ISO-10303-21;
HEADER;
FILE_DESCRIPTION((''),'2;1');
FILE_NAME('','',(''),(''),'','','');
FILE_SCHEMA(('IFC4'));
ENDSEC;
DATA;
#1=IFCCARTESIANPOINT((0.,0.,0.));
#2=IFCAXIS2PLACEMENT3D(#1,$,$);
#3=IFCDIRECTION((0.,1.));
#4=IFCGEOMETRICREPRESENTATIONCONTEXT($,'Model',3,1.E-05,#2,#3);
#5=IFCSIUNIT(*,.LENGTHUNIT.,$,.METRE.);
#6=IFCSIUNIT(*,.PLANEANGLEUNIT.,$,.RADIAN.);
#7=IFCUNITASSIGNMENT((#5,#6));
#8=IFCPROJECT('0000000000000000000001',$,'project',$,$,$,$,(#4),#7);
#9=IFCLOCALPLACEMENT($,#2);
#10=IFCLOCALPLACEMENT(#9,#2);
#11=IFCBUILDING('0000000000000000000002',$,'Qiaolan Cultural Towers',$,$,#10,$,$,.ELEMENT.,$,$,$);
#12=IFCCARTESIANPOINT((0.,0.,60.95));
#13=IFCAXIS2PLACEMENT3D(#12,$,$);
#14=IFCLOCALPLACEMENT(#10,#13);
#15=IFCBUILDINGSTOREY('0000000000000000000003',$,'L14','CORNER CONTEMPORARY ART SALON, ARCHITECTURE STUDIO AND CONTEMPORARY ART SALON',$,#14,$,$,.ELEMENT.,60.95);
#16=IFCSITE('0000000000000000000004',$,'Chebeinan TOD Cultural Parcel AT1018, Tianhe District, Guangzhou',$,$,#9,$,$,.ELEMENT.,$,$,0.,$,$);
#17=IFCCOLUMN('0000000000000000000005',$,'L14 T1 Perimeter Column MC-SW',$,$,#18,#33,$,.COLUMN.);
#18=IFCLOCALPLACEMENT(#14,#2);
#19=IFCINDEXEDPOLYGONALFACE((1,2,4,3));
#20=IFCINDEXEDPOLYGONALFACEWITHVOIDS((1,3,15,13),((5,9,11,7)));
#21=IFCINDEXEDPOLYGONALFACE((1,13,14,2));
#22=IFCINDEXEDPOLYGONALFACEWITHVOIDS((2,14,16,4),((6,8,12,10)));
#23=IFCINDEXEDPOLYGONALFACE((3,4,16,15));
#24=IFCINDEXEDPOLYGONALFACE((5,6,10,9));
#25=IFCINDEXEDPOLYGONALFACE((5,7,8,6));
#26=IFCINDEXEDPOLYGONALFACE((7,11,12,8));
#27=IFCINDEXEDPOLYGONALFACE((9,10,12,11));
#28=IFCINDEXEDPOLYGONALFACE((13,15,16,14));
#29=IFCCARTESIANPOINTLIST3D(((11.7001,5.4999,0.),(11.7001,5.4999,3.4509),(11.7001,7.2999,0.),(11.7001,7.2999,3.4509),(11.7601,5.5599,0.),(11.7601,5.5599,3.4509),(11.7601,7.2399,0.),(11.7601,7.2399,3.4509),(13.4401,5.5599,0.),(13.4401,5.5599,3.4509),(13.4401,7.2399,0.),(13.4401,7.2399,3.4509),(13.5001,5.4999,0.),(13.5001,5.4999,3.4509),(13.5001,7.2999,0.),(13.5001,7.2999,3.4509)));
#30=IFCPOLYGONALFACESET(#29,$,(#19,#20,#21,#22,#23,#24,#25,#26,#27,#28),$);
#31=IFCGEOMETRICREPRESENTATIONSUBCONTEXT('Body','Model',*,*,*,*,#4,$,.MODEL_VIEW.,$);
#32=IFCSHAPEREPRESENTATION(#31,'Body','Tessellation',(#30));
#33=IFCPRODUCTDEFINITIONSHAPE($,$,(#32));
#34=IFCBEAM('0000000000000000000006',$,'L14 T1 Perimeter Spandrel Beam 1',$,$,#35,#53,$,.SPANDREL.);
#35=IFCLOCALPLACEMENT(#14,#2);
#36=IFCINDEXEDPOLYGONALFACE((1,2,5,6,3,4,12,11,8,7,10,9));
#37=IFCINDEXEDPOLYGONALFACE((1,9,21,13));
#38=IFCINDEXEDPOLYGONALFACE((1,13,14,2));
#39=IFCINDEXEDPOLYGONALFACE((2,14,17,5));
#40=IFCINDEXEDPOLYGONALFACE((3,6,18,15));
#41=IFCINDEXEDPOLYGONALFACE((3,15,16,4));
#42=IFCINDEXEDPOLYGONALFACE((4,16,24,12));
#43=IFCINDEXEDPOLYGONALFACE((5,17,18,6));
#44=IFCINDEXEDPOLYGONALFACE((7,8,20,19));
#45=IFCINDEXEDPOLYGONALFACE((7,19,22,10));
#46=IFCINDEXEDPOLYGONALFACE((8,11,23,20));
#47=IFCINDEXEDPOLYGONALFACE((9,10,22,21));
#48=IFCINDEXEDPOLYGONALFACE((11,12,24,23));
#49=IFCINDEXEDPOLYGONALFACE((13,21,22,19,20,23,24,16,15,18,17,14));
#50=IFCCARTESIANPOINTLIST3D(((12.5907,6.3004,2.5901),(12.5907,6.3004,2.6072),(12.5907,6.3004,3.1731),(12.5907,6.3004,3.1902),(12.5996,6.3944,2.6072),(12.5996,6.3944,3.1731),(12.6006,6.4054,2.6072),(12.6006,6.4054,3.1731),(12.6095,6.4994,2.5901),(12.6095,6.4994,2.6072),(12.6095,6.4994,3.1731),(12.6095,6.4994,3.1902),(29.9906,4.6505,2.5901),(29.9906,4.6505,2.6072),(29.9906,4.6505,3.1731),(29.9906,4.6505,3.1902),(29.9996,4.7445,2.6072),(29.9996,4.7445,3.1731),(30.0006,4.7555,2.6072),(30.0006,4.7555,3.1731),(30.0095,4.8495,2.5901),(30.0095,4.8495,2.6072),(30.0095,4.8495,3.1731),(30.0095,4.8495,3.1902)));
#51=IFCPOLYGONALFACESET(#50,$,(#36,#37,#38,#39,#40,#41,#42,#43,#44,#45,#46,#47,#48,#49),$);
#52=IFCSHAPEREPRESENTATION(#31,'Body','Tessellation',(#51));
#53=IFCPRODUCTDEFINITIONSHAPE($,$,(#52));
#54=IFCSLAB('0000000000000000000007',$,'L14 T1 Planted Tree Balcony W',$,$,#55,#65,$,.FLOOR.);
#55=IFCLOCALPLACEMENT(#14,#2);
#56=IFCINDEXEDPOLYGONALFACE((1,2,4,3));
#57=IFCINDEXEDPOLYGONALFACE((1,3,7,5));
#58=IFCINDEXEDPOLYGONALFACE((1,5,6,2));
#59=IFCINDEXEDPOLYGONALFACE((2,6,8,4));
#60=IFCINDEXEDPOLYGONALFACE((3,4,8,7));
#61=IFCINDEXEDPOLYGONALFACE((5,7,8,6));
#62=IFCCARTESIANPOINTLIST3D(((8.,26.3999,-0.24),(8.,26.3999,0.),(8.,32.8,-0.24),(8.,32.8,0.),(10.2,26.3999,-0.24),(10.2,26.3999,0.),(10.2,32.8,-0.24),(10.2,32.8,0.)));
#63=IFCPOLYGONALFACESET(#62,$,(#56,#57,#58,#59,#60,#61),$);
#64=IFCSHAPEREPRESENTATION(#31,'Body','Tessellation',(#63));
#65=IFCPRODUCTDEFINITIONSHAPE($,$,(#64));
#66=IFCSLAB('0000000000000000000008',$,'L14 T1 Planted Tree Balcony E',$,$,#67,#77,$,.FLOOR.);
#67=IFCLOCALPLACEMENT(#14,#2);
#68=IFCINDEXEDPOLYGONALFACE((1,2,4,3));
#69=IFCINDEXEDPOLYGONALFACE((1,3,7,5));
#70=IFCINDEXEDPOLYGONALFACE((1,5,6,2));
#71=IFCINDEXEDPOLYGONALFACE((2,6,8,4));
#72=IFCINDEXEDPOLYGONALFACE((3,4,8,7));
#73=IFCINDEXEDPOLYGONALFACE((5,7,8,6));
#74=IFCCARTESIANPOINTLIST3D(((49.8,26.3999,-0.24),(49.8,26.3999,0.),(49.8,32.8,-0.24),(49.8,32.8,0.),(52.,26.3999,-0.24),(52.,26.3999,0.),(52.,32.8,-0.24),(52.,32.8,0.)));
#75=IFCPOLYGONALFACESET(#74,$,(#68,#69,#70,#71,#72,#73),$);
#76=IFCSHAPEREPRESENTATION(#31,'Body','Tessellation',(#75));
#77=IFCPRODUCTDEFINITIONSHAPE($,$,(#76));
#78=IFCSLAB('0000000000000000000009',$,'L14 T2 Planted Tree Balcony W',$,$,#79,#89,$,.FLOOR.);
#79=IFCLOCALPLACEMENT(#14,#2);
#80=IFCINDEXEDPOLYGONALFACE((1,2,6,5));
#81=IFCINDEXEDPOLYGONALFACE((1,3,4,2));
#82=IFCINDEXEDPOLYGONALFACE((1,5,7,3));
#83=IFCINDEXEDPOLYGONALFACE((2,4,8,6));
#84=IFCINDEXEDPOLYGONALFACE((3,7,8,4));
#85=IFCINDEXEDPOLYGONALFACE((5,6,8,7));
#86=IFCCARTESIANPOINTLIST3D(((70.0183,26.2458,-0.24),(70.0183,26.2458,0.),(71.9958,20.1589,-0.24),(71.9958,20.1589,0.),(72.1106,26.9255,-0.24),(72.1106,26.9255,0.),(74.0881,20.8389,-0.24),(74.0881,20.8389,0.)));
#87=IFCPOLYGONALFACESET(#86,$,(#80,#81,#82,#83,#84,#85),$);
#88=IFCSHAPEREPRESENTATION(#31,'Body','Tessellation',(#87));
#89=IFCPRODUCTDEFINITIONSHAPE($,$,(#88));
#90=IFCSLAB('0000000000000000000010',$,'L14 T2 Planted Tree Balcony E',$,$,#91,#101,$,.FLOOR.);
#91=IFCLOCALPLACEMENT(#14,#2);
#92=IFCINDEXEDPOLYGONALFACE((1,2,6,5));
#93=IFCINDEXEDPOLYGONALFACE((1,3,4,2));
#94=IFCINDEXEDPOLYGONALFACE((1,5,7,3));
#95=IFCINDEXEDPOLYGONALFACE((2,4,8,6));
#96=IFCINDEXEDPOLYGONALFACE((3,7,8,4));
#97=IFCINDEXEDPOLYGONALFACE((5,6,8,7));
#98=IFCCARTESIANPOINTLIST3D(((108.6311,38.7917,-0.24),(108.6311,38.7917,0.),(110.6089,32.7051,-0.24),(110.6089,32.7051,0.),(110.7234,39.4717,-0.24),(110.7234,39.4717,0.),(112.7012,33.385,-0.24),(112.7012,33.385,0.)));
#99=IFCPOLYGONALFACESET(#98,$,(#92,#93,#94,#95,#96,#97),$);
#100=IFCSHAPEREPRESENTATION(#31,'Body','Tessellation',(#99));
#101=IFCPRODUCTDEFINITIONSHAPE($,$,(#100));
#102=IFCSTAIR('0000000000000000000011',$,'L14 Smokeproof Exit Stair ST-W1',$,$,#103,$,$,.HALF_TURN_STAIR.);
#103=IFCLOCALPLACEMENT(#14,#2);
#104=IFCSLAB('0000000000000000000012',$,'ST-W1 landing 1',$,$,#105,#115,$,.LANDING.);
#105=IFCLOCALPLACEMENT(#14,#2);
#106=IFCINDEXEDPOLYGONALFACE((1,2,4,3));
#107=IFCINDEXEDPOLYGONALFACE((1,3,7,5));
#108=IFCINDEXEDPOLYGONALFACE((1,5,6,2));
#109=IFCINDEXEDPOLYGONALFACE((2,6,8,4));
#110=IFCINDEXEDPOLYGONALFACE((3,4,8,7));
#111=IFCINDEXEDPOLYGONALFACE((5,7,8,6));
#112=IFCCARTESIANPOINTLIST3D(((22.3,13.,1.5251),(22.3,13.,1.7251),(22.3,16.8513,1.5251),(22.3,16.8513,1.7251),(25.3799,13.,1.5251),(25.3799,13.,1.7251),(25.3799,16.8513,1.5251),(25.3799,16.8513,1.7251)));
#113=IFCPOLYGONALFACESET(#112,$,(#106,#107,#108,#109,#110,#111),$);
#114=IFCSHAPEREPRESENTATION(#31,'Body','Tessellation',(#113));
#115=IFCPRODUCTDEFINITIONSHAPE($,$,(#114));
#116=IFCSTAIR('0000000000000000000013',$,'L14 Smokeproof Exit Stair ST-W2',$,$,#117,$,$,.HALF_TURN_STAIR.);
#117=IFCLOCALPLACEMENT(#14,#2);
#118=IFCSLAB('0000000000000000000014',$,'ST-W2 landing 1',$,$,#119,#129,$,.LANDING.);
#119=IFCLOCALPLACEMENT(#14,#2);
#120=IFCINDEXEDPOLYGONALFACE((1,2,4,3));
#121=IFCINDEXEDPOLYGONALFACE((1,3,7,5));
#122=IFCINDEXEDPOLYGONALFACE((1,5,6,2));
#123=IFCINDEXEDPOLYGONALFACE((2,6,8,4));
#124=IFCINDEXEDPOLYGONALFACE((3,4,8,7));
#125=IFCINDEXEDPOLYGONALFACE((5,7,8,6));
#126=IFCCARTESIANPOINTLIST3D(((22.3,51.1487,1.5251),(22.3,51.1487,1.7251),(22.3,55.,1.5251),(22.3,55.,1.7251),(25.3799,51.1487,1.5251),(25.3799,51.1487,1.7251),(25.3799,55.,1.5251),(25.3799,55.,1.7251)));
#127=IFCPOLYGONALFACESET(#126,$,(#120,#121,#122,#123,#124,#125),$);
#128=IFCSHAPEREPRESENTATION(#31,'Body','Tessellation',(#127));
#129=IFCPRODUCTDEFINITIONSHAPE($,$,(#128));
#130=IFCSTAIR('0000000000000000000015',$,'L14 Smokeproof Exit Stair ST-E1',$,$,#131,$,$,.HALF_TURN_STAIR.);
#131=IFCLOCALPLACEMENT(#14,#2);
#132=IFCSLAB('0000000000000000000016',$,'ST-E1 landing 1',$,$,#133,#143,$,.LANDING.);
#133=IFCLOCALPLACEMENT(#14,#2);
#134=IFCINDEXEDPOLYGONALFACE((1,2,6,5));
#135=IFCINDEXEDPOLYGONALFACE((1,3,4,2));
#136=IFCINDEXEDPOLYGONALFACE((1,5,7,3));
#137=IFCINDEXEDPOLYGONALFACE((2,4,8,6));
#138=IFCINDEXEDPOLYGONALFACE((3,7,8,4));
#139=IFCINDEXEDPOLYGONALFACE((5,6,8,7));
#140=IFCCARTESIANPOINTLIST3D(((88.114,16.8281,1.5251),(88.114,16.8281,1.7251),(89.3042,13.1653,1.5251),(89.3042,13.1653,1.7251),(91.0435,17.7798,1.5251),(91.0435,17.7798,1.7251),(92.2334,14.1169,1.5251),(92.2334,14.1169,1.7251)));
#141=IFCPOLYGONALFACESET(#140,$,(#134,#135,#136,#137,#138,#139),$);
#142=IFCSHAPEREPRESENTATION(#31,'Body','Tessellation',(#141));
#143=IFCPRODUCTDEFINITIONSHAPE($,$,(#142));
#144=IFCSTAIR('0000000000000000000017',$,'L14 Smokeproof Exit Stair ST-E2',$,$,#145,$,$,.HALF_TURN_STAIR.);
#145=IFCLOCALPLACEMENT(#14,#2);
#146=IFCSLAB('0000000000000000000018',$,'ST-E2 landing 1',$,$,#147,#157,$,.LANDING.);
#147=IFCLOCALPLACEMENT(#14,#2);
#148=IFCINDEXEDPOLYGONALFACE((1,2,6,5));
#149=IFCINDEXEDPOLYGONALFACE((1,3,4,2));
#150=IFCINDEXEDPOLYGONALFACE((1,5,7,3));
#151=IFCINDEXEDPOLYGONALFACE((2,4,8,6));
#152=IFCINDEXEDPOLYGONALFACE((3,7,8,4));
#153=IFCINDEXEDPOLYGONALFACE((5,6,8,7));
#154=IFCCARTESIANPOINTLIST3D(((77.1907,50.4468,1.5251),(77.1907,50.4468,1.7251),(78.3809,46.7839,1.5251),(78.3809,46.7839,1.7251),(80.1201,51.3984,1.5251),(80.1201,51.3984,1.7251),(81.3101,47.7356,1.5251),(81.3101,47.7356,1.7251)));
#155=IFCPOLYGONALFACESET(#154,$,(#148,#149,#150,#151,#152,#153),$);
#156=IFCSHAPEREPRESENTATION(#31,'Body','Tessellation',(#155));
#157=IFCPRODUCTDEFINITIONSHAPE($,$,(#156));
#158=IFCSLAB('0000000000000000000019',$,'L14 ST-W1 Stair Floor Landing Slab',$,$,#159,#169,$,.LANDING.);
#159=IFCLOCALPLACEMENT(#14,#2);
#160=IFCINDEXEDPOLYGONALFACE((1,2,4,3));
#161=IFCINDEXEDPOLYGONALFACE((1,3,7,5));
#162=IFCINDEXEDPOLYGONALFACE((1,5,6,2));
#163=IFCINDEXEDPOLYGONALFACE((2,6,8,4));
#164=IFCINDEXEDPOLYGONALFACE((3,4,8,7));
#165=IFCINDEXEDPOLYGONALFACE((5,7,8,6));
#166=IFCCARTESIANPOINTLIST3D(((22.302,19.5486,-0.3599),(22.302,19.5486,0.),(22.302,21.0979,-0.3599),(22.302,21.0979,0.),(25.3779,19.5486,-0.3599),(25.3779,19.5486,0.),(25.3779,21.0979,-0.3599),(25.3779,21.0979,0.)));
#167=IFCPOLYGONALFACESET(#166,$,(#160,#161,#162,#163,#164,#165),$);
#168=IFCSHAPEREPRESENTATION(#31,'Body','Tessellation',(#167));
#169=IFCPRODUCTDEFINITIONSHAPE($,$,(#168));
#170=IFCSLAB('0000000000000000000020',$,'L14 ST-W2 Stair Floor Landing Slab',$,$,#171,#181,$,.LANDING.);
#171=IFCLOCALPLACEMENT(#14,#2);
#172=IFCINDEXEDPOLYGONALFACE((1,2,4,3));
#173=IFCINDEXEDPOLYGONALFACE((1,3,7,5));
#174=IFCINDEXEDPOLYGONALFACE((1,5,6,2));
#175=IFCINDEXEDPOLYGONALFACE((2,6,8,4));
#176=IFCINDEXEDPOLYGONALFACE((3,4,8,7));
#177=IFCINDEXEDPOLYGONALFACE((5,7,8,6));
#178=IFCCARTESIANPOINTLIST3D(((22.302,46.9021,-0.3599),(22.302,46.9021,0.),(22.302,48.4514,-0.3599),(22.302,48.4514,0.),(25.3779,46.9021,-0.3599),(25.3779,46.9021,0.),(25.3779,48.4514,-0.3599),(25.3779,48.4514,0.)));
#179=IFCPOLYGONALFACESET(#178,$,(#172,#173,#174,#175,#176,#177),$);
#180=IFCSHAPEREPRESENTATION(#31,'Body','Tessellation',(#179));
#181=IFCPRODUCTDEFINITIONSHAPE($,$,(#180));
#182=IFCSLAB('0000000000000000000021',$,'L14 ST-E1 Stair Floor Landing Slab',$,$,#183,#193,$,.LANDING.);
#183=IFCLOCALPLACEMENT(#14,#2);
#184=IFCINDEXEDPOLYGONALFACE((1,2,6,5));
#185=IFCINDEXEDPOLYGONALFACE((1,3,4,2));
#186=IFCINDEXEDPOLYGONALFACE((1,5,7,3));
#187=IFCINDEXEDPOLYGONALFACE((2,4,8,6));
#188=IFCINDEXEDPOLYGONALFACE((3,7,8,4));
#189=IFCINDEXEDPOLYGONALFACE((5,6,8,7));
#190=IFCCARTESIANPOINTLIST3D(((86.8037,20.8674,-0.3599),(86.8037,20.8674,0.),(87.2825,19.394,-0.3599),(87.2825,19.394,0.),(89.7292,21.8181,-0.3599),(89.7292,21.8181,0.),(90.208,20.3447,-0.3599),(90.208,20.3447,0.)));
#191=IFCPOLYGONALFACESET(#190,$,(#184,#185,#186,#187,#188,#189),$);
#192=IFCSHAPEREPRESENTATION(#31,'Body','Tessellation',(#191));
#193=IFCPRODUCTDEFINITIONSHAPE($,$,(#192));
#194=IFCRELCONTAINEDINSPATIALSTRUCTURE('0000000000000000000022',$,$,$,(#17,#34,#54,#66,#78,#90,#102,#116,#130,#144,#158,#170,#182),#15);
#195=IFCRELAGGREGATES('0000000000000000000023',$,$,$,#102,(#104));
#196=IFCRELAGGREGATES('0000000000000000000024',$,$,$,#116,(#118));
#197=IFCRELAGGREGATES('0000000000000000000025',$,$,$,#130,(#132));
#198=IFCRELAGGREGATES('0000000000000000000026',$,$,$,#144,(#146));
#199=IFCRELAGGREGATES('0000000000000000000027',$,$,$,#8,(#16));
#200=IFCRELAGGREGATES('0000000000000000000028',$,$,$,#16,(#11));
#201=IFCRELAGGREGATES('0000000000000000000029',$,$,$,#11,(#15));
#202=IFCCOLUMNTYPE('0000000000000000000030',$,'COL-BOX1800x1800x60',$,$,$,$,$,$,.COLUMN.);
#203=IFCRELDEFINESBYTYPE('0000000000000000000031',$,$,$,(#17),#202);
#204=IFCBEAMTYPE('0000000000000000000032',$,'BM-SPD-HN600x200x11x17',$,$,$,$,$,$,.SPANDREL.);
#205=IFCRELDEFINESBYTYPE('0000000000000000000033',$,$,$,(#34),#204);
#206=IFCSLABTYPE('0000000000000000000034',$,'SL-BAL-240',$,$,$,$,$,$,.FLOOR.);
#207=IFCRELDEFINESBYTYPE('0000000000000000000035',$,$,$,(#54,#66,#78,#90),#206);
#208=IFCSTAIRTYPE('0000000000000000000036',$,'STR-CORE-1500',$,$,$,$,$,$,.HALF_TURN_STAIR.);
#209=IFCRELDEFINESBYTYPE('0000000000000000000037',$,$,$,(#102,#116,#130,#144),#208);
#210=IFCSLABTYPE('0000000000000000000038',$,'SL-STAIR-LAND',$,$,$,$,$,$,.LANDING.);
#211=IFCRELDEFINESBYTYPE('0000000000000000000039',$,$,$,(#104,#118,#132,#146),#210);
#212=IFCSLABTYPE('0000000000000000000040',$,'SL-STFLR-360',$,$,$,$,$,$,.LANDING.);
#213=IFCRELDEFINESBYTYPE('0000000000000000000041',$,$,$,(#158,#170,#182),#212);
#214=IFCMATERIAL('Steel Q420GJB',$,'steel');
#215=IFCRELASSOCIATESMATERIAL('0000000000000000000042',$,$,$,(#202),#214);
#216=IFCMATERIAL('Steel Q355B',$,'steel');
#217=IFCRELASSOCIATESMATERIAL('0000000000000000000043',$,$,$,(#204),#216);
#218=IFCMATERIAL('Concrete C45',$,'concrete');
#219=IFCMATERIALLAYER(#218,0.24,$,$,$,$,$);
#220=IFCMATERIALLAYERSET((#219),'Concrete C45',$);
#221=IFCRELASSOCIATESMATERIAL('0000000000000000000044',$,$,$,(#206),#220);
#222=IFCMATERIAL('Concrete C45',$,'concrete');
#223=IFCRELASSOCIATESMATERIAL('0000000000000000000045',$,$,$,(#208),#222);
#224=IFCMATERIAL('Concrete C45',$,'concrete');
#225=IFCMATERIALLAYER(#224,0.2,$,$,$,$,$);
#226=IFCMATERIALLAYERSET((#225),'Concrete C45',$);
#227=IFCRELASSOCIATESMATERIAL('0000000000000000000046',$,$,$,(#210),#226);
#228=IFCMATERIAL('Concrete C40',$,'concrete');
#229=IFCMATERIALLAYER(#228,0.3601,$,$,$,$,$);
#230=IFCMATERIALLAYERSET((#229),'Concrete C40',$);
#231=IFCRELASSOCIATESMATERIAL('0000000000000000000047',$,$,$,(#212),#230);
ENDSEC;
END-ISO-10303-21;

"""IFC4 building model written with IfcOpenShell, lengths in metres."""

from ifc_helpers import new_model, si_unit, direction, frame, origin, origin_2d, place, context, subcontext, project, spatial, polyline, hollow_rectangle, i_section, outline, extrude, material, layer, layer_set, material_profile, profile_set, type_object, element, aggregate, save


model = new_model("IFC4")

# Units and contexts
model_context = context("Model", 3, precision=1e-05, world=origin(), true_north=direction((0.0, 1.0)))
body_context = subcontext(model_context, "Body", "Model", "MODEL_VIEW")
ifc_project = project(units=[si_unit("LENGTHUNIT", "METRE"), si_unit("PLANEANGLEUNIT", "RADIAN")], contexts=[model_context])

# Site, building, storey
site_placement = place(None, origin())
site = spatial("IfcSite", under=ifc_project, at=site_placement, Name="Chebeinan TOD Cultural Parcel AT1018, Tianhe District, Guangzhou", CompositionType="ELEMENT", RefElevation=0.0)
building_placement = place(site_placement, origin())
building = spatial("IfcBuilding", under=site, at=building_placement, Name="Qiaolan Cultural Towers", CompositionType="ELEMENT")
storey_placement = place(building_placement, frame((0.0, 0.0, 60.95)))
storey = spatial("IfcBuildingStorey", under=building, at=storey_placement, Name="L14", Description="CORNER CONTEMPORARY ART SALON, ARCHITECTURE STUDIO AND CONTEMPORARY ART SALON", CompositionType="ELEMENT", Elevation=60.95)

# Column
ifc_material_1 = material(Name="Steel Q420GJB", Category="steel")
ifc_material_profile_1 = material_profile(ifc_material_1, hollow_rectangle(XDim=1.8, YDim=1.8, WallThickness=0.0601, at=origin_2d()), Name="BOX1800x1800x60")
ifc_profile_set_1 = profile_set([ifc_material_profile_1], Name="Steel Q420GJB")
column_type = type_object("IfcColumnType", Name="COL-BOX1800x1800x60", PredefinedType="COLUMN", material=ifc_profile_set_1)
column_placement = place(storey_placement, frame((12.6001, 6.3999, 0.0), z_axis=(0.0, 0.0, 1.0), x_axis=(1.0, 0.0, 0.0)))
element("IfcColumn", 1, at=column_placement, inside=storey, type_object=column_type, Name="L14 T1 Perimeter Column MC-SW", PredefinedType="COLUMN", context=body_context, shape_type="SweptSolid", body=[
    extrude(hollow_rectangle(XDim=1.8, YDim=1.8, WallThickness=0.0601, at=origin_2d()), origin(), (0.0, 0.0, 1.0), 3.4509),
])

# Beam
ifc_material_2 = material(Name="Steel Q355B", Category="steel")
ifc_material_profile_2 = material_profile(ifc_material_2, i_section(OverallWidth=0.2, OverallDepth=0.6001, WebThickness=0.011, FlangeThickness=0.0171, at=origin_2d()), Name="HN600x200x11x17")
ifc_profile_set_2 = profile_set([ifc_material_profile_2], Name="Steel Q355B")
beam_type = type_object("IfcBeamType", Name="BM-SPD-HN600x200x11x17", PredefinedType="SPANDREL", material=ifc_profile_set_2)
beam_placement = place(storey_placement, frame((12.6001, 6.3999, 2.8901), z_axis=(0.995534, -0.094399, 0.0), x_axis=(0.094399, 0.995534, 0.0)))
element("IfcBeam", 2, at=beam_placement, inside=storey, type_object=beam_type, Name="L14 T1 Perimeter Spandrel Beam 1", PredefinedType="SPANDREL", context=body_context, shape_type="SweptSolid", body=[
    extrude(i_section(OverallWidth=0.2, OverallDepth=0.6001, WebThickness=0.011, FlangeThickness=0.0171, at=origin_2d()), origin(), (0.0, 0.0, 1.0), 17.478),
])

# Slabs
ifc_material_3 = material(Name="Concrete C45", Category="concrete")
ifc_layer_1 = layer(ifc_material_3, 0.24)
ifc_layer_set_1 = layer_set([ifc_layer_1], Name="Concrete C45")
slab_type_1 = type_object("IfcSlabType", Name="SL-BAL-240", PredefinedType="FLOOR", material=ifc_layer_set_1)
slab_1_placement = place(storey_placement, frame((0.0, 0.0, -0.24)))
element("IfcSlab", 3, at=slab_1_placement, inside=storey, type_object=slab_type_1, Name="L14 T1 Planted Tree Balcony W", PredefinedType="FLOOR", context=body_context, shape_type="SweptSolid", body=[
    extrude(outline(polyline([(8.0, 26.3999), (10.2, 26.3999), (10.2, 32.8), (8.0, 32.8), (8.0, 26.3999)])), origin(), (0.0, 0.0, 1.0), 0.24),
])
slab_2_placement = place(storey_placement, frame((0.0, 0.0, -0.24)))
element("IfcSlab", 4, at=slab_2_placement, inside=storey, type_object=slab_type_1, Name="L14 T1 Planted Tree Balcony E", PredefinedType="FLOOR", context=body_context, shape_type="SweptSolid", body=[
    extrude(outline(polyline([(49.8, 26.3999), (52.0, 26.3999), (52.0, 32.8), (49.8, 32.8), (49.8, 26.3999)])), origin(), (0.0, 0.0, 1.0), 0.24),
])
slab_3_placement = place(storey_placement, frame((0.0, 0.0, -0.24)))
element("IfcSlab", 5, at=slab_3_placement, inside=storey, type_object=slab_type_1, Name="L14 T2 Planted Tree Balcony W", PredefinedType="FLOOR", context=body_context, shape_type="SweptSolid", body=[
    extrude(outline(polyline([(71.9958, 20.1589), (74.0881, 20.8389), (72.1106, 26.9255), (70.0183, 26.2458), (71.9958, 20.1589)])), origin(), (0.0, 0.0, 1.0), 0.24),
])
slab_4_placement = place(storey_placement, frame((0.0, 0.0, -0.24)))
element("IfcSlab", 6, at=slab_4_placement, inside=storey, type_object=slab_type_1, Name="L14 T2 Planted Tree Balcony E", PredefinedType="FLOOR", context=body_context, shape_type="SweptSolid", body=[
    extrude(outline(polyline([(110.6089, 32.7051), (112.7012, 33.385), (110.7234, 39.4717), (108.6311, 38.7917), (110.6089, 32.7051)])), origin(), (0.0, 0.0, 1.0), 0.24),
])

# Stairs, slabs
ifc_material_4 = material(Name="Concrete C45", Category="concrete")
stair_type = type_object("IfcStairType", Name="STR-CORE-1500", PredefinedType="HALF_TURN_STAIR", material=ifc_material_4)
stair_1_placement = place(storey_placement, origin())
stair_1 = element("IfcStair", 7, at=stair_1_placement, inside=storey, type_object=stair_type, Name="L14 Smokeproof Exit Stair ST-W1", PredefinedType="HALF_TURN_STAIR")
ifc_material_5 = material(Name="Concrete C45", Category="concrete")
ifc_layer_2 = layer(ifc_material_5, 0.2)
ifc_layer_set_2 = layer_set([ifc_layer_2], Name="Concrete C45")
slab_type_2 = type_object("IfcSlabType", Name="SL-STAIR-LAND", PredefinedType="LANDING", material=ifc_layer_set_2)
slab_5_placement = place(storey_placement, frame((0.0, 0.0, 1.5251)))
slab_5 = element("IfcSlab", 8, at=slab_5_placement, type_object=slab_type_2, Name="ST-W1 landing 1", PredefinedType="LANDING", context=body_context, shape_type="SweptSolid", body=[
    extrude(outline(polyline([(22.3, 16.8513), (22.3, 13.0), (25.3799, 13.0), (25.3799, 16.8513), (22.3, 16.8513)])), origin(), (0.0, 0.0, 1.0), 0.2),
])
aggregate(stair_1, [slab_5])
stair_2_placement = place(storey_placement, origin())
stair_2 = element("IfcStair", 9, at=stair_2_placement, inside=storey, type_object=stair_type, Name="L14 Smokeproof Exit Stair ST-W2", PredefinedType="HALF_TURN_STAIR")
slab_6_placement = place(storey_placement, frame((0.0, 0.0, 1.5251)))
slab_6 = element("IfcSlab", 10, at=slab_6_placement, type_object=slab_type_2, Name="ST-W2 landing 1", PredefinedType="LANDING", context=body_context, shape_type="SweptSolid", body=[
    extrude(outline(polyline([(25.3799, 51.1487), (25.3799, 55.0), (22.3, 55.0), (22.3, 51.1487), (25.3799, 51.1487)])), origin(), (0.0, 0.0, 1.0), 0.2),
])
aggregate(stair_2, [slab_6])
stair_3_placement = place(storey_placement, origin())
stair_3 = element("IfcStair", 11, at=stair_3_placement, inside=storey, type_object=stair_type, Name="L14 Smokeproof Exit Stair ST-E1", PredefinedType="HALF_TURN_STAIR")
slab_7_placement = place(storey_placement, frame((0.0, 0.0, 1.5251)))
slab_7 = element("IfcSlab", 12, at=slab_7_placement, type_object=slab_type_2, Name="ST-E1 landing 1", PredefinedType="LANDING", context=body_context, shape_type="SweptSolid", body=[
    extrude(outline(polyline([(88.114, 16.8281), (89.3042, 13.1653), (92.2334, 14.1169), (91.0435, 17.7798), (88.114, 16.8281)])), origin(), (0.0, 0.0, 1.0), 0.2),
])
aggregate(stair_3, [slab_7])
stair_4_placement = place(storey_placement, origin())
stair_4 = element("IfcStair", 13, at=stair_4_placement, inside=storey, type_object=stair_type, Name="L14 Smokeproof Exit Stair ST-E2", PredefinedType="HALF_TURN_STAIR")
slab_8_placement = place(storey_placement, frame((0.0, 0.0, 1.5251)))
slab_8 = element("IfcSlab", 14, at=slab_8_placement, type_object=slab_type_2, Name="ST-E2 landing 1", PredefinedType="LANDING", context=body_context, shape_type="SweptSolid", body=[
    extrude(outline(polyline([(81.3101, 47.7356), (80.1201, 51.3984), (77.1907, 50.4468), (78.3809, 46.7839), (81.3101, 47.7356)])), origin(), (0.0, 0.0, 1.0), 0.2),
])
aggregate(stair_4, [slab_8])

# Slabs
ifc_material_6 = material(Name="Concrete C40", Category="concrete")
ifc_layer_3 = layer(ifc_material_6, 0.3601)
ifc_layer_set_3 = layer_set([ifc_layer_3], Name="Concrete C40")
slab_type_3 = type_object("IfcSlabType", Name="SL-STFLR-360", PredefinedType="LANDING", material=ifc_layer_set_3)
slab_9_placement = place(storey_placement, frame((0.0, 0.0, -0.3599)))
element("IfcSlab", 15, at=slab_9_placement, inside=storey, type_object=slab_type_3, Name="L14 ST-W1 Stair Floor Landing Slab", PredefinedType="LANDING", context=body_context, shape_type="SweptSolid", body=[
    extrude(outline(polyline([(22.302, 21.0979), (22.302, 19.5486), (25.3779, 19.5486), (25.3779, 21.0979), (22.302, 21.0979)])), origin(), (0.0, 0.0, 1.0), 0.3599),
])
slab_10_placement = place(storey_placement, frame((0.0, 0.0, -0.3599)))
element("IfcSlab", 16, at=slab_10_placement, inside=storey, type_object=slab_type_3, Name="L14 ST-W2 Stair Floor Landing Slab", PredefinedType="LANDING", context=body_context, shape_type="SweptSolid", body=[
    extrude(outline(polyline([(25.3779, 46.9021), (25.3779, 48.4514), (22.302, 48.4514), (22.302, 46.9021), (25.3779, 46.9021)])), origin(), (0.0, 0.0, 1.0), 0.3599),
])
slab_11_placement = place(storey_placement, frame((0.0, 0.0, -0.3599)))
element("IfcSlab", 17, at=slab_11_placement, inside=storey, type_object=slab_type_3, Name="L14 ST-E1 Stair Floor Landing Slab", PredefinedType="LANDING", context=body_context, shape_type="SweptSolid", body=[
    extrude(outline(polyline([(86.8037, 20.8674), (87.2825, 19.394), (90.208, 20.3447), (89.7292, 21.8181), (86.8037, 20.8674)])), origin(), (0.0, 0.0, 1.0), 0.3599),
])

save(model, "model.ifc")
